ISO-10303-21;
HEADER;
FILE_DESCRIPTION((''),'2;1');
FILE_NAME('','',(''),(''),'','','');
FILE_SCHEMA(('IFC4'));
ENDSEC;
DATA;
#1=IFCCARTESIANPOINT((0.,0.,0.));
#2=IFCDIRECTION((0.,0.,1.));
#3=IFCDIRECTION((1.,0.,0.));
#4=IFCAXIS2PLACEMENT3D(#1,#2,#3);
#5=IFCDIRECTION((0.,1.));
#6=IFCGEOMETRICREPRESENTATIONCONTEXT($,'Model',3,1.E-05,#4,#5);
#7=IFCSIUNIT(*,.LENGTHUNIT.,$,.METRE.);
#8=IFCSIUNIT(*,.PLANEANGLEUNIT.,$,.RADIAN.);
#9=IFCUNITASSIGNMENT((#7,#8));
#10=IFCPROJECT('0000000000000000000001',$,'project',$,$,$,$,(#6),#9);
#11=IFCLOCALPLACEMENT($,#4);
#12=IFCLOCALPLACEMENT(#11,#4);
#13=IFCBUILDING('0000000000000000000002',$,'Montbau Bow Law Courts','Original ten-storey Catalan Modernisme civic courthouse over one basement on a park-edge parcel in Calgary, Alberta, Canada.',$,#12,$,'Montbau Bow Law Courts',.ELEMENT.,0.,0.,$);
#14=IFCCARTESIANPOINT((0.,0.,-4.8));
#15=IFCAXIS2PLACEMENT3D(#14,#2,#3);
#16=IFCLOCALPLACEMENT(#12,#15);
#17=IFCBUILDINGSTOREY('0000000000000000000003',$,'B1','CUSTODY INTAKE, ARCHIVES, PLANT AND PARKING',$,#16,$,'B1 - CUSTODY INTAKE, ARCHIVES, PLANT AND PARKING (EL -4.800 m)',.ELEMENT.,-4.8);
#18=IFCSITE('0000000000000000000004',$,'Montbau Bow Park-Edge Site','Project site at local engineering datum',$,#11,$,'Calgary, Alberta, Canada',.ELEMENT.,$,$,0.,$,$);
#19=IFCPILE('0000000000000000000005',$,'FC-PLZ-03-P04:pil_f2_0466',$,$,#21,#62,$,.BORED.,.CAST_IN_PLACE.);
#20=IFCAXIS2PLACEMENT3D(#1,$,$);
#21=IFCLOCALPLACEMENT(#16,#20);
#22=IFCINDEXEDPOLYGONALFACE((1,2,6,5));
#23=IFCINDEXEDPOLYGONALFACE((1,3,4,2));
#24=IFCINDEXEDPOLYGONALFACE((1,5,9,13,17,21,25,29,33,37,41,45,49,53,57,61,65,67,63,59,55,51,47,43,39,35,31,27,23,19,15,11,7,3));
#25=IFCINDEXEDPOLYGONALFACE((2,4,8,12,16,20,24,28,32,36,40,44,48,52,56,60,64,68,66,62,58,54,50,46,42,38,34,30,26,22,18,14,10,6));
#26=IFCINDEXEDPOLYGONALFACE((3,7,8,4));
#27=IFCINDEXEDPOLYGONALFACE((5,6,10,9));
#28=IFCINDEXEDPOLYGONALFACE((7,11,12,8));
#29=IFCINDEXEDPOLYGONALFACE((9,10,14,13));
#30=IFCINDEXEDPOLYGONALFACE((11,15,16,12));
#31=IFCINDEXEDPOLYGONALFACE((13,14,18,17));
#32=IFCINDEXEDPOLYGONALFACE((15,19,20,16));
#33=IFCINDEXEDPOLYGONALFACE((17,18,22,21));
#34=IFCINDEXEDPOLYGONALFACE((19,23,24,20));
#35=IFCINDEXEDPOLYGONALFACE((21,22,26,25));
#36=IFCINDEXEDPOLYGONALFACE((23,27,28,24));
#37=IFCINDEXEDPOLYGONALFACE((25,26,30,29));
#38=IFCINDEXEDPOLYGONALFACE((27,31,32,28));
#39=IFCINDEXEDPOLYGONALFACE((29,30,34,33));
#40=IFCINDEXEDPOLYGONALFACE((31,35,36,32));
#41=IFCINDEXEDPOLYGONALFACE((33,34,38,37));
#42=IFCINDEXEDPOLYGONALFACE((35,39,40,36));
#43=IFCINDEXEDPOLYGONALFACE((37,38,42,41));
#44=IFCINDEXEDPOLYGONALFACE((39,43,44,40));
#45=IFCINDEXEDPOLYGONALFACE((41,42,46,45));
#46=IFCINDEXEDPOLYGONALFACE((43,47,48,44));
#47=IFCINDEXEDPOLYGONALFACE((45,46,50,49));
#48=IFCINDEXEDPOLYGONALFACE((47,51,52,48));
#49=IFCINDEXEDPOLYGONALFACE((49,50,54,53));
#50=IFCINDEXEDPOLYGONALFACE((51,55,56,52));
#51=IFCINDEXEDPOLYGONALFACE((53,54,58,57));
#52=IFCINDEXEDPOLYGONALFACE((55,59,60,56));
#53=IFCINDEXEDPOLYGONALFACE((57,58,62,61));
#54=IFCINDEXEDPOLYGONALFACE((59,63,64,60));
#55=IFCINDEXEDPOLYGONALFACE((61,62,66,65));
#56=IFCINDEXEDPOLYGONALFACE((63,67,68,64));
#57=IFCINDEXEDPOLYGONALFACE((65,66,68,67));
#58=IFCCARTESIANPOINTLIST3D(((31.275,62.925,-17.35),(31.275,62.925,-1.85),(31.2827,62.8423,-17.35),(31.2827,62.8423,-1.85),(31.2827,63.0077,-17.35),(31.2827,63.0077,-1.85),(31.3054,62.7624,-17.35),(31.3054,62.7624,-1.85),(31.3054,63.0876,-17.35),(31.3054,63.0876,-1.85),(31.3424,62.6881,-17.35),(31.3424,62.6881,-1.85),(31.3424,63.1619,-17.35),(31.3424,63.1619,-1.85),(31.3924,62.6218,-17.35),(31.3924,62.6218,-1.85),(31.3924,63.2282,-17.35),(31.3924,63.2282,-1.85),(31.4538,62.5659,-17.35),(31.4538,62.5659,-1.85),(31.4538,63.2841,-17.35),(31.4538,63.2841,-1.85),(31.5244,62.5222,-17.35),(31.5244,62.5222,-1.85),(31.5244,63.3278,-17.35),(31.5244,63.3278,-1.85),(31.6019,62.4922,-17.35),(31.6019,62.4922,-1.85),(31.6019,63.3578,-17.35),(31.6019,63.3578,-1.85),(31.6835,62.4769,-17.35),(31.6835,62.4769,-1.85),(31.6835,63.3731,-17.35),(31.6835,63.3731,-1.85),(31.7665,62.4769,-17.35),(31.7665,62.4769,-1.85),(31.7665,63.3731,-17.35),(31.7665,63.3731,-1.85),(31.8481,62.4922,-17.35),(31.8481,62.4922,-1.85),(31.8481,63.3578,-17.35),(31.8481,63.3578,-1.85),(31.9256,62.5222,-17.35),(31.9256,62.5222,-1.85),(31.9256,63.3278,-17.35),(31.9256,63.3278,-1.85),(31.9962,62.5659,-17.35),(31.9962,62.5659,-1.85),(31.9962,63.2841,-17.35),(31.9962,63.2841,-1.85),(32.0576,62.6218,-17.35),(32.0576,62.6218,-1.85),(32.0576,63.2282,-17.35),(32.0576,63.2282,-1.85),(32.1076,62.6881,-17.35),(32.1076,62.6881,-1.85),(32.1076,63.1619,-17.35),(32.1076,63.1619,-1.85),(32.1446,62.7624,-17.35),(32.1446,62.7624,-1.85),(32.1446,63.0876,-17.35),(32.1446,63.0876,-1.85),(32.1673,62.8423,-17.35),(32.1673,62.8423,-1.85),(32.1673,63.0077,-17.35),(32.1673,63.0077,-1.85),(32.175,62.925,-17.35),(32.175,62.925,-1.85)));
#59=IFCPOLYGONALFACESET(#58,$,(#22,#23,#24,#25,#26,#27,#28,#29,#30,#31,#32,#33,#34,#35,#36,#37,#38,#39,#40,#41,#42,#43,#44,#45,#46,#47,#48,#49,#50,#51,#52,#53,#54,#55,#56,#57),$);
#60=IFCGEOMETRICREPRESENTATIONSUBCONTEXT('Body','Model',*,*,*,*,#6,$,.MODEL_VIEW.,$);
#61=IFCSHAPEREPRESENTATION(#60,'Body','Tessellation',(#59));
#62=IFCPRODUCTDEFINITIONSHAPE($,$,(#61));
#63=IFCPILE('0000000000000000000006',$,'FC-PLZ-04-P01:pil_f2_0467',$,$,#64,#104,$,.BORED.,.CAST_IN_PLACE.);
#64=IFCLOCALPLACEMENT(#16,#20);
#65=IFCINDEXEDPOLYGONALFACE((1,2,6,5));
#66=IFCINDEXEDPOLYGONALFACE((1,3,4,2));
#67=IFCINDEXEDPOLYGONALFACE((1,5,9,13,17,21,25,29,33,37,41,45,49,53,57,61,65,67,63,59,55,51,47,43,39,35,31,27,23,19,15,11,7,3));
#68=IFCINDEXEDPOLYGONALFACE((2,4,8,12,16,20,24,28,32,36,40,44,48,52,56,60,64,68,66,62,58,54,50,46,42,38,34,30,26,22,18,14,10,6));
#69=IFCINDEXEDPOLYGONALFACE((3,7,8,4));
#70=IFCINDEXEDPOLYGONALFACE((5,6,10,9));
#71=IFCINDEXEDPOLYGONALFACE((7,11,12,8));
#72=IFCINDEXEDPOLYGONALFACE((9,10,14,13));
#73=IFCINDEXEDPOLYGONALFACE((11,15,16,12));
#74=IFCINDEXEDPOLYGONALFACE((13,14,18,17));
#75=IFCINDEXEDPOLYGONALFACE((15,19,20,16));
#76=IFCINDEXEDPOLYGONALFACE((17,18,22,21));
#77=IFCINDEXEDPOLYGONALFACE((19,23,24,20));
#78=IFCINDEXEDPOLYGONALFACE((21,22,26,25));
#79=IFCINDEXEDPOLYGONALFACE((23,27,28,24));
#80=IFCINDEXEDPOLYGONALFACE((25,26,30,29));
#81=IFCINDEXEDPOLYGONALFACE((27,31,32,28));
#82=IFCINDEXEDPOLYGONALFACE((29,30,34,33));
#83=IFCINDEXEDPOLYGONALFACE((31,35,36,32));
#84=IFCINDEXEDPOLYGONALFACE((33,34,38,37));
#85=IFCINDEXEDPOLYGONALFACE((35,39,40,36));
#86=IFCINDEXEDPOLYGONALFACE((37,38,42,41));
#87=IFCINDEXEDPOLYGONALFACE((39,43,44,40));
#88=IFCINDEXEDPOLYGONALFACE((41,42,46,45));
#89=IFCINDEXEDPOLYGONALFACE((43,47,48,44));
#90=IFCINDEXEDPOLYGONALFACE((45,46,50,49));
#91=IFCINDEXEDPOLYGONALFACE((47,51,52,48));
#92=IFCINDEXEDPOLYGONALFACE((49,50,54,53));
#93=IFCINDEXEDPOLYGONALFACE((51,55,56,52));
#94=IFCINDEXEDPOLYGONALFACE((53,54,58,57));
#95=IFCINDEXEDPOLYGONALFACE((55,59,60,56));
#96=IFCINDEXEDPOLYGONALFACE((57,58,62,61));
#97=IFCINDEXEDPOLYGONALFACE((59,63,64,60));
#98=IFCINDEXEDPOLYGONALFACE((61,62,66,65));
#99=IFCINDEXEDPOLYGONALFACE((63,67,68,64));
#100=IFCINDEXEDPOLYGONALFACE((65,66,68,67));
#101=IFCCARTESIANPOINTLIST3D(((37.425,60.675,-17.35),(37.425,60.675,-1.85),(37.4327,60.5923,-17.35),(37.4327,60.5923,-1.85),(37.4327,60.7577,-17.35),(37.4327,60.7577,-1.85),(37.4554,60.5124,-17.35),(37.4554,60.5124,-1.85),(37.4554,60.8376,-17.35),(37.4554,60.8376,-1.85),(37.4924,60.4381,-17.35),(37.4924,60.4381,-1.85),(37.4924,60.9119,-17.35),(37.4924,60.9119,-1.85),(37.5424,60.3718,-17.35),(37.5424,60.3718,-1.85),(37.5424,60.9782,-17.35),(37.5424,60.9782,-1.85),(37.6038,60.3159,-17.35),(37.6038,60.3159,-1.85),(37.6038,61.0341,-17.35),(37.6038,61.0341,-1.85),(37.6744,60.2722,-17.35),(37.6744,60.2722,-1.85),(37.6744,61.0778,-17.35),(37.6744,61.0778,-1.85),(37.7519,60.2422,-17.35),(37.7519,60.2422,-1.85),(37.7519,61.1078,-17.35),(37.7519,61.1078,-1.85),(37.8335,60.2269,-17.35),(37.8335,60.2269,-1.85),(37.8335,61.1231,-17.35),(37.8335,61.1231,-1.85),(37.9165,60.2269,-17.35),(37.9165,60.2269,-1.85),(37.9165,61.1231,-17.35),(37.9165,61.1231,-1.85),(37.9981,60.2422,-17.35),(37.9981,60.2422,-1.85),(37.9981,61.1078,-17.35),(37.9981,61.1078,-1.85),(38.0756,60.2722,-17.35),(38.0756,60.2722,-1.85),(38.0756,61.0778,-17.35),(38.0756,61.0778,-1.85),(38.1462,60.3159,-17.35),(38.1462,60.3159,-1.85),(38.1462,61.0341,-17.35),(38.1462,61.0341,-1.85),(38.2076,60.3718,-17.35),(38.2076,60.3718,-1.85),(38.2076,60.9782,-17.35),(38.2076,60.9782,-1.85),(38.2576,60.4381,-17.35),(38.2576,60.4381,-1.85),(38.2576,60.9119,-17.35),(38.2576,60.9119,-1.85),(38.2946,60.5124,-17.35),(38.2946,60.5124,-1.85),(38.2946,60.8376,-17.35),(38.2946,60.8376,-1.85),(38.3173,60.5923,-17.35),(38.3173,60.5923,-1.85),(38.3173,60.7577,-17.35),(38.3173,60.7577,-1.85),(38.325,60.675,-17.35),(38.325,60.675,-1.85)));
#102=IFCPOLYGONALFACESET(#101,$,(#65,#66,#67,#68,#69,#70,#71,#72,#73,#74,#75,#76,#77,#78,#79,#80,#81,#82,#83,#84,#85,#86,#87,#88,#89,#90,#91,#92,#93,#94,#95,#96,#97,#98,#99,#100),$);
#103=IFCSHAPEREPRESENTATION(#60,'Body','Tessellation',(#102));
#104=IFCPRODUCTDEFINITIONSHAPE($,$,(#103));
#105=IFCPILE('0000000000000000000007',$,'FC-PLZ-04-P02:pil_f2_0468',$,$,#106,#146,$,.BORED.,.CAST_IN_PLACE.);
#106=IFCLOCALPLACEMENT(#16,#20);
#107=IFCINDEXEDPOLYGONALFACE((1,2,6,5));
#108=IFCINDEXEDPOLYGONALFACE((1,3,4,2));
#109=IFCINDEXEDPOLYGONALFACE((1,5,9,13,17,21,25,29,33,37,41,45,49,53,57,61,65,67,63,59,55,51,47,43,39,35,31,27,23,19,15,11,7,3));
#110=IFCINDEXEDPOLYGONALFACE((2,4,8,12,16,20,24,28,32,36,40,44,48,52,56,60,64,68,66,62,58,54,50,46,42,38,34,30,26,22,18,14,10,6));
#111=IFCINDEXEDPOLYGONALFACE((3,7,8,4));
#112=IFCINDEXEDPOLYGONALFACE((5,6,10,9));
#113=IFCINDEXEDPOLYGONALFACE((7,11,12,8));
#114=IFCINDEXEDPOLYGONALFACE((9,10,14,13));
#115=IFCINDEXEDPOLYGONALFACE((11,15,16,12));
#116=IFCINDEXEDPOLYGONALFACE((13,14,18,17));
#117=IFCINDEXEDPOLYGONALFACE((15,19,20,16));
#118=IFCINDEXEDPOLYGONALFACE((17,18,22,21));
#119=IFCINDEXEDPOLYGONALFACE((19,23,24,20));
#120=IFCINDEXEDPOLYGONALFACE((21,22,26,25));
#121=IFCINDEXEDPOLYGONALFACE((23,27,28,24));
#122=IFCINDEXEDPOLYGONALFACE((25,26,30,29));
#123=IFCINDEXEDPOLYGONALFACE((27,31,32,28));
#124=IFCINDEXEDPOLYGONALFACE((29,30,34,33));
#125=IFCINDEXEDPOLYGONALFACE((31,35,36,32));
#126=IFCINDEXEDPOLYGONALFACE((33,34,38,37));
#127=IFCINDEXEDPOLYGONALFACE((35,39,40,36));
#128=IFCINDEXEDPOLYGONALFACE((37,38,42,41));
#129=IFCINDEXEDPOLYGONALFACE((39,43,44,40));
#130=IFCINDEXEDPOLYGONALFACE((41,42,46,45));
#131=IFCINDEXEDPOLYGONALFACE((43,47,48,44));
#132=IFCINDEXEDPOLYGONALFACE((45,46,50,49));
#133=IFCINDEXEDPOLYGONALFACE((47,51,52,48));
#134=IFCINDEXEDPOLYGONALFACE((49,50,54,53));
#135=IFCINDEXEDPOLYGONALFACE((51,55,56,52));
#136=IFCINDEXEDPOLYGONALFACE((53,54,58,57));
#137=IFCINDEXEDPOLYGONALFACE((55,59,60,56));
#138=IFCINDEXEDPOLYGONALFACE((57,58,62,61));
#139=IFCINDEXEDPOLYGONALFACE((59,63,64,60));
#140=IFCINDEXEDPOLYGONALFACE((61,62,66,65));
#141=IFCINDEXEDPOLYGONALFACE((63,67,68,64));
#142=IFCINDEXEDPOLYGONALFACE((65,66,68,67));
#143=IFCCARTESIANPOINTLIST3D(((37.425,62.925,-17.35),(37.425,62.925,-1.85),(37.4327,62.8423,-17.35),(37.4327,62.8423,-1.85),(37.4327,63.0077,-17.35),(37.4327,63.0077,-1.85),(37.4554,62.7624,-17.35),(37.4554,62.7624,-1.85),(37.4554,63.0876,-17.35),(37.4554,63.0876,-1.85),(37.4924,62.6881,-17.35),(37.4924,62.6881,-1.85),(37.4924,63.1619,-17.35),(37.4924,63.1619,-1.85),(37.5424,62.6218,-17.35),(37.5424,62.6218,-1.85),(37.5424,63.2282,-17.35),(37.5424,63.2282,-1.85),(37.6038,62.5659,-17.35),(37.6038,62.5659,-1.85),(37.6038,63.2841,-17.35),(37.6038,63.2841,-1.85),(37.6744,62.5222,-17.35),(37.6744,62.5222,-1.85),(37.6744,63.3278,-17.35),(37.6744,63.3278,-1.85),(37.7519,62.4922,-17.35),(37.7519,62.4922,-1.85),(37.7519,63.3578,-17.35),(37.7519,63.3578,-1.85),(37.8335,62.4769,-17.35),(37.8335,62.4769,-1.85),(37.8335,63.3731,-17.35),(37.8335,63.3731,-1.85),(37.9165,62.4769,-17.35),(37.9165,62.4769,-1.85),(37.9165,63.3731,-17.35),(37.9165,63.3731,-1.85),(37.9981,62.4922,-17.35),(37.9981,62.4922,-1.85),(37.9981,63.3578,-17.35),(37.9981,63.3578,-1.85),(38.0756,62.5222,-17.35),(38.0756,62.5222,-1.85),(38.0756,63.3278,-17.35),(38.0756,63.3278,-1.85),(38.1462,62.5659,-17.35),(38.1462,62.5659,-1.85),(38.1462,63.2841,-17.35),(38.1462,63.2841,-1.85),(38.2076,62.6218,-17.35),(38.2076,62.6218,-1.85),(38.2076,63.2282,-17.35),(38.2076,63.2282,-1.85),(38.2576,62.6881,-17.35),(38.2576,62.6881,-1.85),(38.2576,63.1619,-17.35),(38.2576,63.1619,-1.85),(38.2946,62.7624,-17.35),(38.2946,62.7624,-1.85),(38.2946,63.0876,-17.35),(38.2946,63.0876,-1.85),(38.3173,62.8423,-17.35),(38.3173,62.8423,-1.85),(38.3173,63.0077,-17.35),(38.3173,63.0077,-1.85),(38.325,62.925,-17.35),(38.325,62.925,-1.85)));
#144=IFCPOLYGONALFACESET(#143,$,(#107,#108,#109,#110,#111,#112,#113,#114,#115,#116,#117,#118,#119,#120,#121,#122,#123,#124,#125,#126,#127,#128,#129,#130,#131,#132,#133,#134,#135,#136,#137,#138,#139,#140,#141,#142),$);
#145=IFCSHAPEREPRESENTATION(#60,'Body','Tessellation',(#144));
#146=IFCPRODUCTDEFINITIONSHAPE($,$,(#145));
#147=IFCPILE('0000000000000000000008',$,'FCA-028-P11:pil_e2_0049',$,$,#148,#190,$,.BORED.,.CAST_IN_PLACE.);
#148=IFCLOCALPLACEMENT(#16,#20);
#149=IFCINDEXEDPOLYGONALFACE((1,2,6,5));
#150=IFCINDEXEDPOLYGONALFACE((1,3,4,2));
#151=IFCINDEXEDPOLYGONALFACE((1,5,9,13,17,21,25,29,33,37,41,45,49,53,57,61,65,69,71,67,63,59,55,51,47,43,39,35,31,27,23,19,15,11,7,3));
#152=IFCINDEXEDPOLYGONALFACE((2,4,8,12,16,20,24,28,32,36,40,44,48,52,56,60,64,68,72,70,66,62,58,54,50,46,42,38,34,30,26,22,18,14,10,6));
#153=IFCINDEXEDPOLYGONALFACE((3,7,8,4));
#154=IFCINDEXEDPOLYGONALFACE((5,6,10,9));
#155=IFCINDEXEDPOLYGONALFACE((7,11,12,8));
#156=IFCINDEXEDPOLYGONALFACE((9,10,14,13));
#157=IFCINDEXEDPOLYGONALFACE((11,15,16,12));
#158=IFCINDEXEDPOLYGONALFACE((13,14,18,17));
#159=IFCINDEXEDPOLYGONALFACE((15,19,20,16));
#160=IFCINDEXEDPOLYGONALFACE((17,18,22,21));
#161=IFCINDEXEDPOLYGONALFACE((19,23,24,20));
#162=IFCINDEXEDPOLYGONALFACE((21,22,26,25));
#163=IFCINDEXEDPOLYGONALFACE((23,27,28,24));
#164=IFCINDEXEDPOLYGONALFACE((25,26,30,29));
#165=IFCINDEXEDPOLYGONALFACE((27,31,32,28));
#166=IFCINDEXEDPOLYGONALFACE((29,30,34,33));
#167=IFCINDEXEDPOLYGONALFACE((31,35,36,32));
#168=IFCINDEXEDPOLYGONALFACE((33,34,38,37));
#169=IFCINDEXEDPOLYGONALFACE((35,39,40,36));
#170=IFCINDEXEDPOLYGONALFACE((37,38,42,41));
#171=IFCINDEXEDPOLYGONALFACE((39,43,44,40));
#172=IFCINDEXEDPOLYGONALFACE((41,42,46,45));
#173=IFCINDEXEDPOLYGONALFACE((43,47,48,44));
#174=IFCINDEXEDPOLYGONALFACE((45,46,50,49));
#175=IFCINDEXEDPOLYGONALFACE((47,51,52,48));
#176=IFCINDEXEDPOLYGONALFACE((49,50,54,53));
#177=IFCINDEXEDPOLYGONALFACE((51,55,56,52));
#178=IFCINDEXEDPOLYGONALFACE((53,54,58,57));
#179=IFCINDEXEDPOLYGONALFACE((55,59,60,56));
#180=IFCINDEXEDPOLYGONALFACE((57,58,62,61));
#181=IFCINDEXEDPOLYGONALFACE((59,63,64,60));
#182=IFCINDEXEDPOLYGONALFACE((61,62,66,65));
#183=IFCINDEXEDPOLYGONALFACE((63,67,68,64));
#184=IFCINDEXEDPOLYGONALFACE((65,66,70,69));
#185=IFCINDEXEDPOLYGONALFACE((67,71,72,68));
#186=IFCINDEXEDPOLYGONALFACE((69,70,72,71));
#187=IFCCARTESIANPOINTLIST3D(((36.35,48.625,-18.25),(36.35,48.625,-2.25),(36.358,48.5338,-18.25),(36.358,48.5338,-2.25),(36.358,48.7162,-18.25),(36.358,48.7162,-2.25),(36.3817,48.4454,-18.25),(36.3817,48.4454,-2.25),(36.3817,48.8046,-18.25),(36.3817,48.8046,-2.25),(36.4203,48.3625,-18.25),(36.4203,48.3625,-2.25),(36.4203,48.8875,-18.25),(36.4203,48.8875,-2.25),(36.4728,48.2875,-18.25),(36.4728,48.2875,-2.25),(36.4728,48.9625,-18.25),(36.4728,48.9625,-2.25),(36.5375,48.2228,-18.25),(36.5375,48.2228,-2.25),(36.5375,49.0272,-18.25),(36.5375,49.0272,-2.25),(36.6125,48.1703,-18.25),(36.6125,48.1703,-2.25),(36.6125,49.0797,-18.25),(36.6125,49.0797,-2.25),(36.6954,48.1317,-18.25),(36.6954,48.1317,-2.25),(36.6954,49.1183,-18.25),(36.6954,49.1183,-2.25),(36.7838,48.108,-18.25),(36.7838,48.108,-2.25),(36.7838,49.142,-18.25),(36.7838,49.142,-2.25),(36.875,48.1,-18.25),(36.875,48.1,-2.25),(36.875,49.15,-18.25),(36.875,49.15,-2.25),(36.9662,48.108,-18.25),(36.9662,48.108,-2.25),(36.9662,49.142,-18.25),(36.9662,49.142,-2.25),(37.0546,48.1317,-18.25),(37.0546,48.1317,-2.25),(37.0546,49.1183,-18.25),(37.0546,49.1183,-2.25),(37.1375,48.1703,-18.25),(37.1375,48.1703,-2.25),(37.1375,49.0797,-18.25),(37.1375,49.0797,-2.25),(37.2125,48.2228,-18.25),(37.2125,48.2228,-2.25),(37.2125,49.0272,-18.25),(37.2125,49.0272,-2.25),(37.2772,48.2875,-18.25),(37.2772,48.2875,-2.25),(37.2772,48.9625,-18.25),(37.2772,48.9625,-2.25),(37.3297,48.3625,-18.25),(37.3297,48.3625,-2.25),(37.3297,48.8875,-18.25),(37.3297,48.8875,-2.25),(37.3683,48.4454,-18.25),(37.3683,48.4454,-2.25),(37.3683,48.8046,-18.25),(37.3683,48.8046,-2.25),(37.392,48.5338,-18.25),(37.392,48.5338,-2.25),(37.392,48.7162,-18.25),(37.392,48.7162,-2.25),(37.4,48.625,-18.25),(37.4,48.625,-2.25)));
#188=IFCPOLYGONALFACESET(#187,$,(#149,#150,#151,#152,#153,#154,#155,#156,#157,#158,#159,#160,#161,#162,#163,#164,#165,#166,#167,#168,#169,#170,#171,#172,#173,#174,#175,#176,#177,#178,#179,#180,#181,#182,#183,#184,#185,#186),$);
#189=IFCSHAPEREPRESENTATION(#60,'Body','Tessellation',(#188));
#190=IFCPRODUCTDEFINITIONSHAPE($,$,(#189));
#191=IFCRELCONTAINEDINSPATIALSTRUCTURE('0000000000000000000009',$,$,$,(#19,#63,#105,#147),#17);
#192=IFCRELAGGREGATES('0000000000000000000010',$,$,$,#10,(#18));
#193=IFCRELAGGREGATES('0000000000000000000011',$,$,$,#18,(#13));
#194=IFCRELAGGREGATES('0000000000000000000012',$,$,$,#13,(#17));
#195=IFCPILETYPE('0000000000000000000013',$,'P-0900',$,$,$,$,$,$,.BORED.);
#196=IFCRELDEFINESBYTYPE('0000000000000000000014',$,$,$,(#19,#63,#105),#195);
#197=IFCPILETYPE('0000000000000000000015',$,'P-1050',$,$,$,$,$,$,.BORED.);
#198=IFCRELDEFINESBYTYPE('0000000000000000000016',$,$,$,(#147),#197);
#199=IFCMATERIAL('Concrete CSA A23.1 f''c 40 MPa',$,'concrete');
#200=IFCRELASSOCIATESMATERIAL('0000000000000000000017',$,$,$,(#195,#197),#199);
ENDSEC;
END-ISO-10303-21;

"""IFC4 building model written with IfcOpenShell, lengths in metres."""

from ifc_helpers import new_model, si_unit, direction, frame, origin_with_axes, origin_2d_with_axis, place, context, subcontext, project, spatial, circle, extrude, material, material_profile, profile_set, type_object, element, save


model = new_model("IFC4")

# Units and contexts
model_context = context("Model", 3, precision=1e-05, world=origin_with_axes(), true_north=direction((0.0, 1.0)))
body_context = subcontext(model_context, "Body", "Model", "MODEL_VIEW")
ifc_project = project(units=[si_unit("LENGTHUNIT", "METRE"), si_unit("PLANEANGLEUNIT", "RADIAN")], contexts=[model_context])

# Site, building, storey
site_placement = place(None, origin_with_axes())
site = spatial("IfcSite", under=ifc_project, at=site_placement, Name="Montbau Bow Park-Edge Site", Description="Project site at local engineering datum", LongName="Calgary, Alberta, Canada", CompositionType="ELEMENT", RefElevation=0.0)
building_placement = place(site_placement, origin_with_axes())
building = spatial("IfcBuilding", under=site, at=building_placement, Name="Montbau Bow Law Courts", Description="Original ten-storey Catalan Modernisme civic courthouse over one basement on a park-edge parcel in Calgary, Alberta, Canada.", LongName="Montbau Bow Law Courts", CompositionType="ELEMENT", ElevationOfRefHeight=0.0, ElevationOfTerrain=0.0)
storey_placement = place(building_placement, frame((0.0, 0.0, -4.8), z_axis=(0.0, 0.0, 1.0), x_axis=(1.0, 0.0, 0.0)))
storey = spatial("IfcBuildingStorey", under=building, at=storey_placement, Name="B1", Description="CUSTODY INTAKE, ARCHIVES, PLANT AND PARKING", LongName="B1 - CUSTODY INTAKE, ARCHIVES, PLANT AND PARKING (EL -4.800 m)", CompositionType="ELEMENT", Elevation=-4.8)

# Piles
ifc_material_1 = material(Name="Concrete CSA A23.1 f'c 40 MPa", Category="concrete")
ifc_material_profile_1 = material_profile(ifc_material_1, circle(Radius=0.45, at=origin_2d_with_axis()), Name="BP900", Category="Main", Priority=0)
ifc_profile_set_1 = profile_set([ifc_material_profile_1], Name="Concrete CSA A23.1 f'c 40 MPa")
pile_type_1 = type_object("IfcPileType", Name="P-0900", PredefinedType="BORED", material=ifc_profile_set_1)
for number, where, z_axis, x_axis, name in (
    (1, (31.725, 62.925, -22.15), (0.0, 0.0, 1.0), (1.0, 0.0, 0.0), "FC-PLZ-03-P04:pil_f2_0466"),
    (2, (37.875, 60.675, -22.15), (0.0, 0.0, 1.0), (1.0, 0.0, 0.0), "FC-PLZ-04-P01:pil_f2_0467"),
    (3, (37.875, 62.925, -22.15), (0.0, 0.0, 1.0), (1.0, 0.0, 0.0), "FC-PLZ-04-P02:pil_f2_0468"),
):
    element("IfcPile", number, at=place(None, frame(where, z_axis=z_axis, x_axis=x_axis)), inside=storey, type_object=pile_type_1, Name=name, ConstructionType="CAST_IN_PLACE", PredefinedType="BORED", context=body_context, shape_type="SweptSolid", body=[
        extrude(circle(Radius=0.45, at=origin_2d_with_axis()), origin_with_axes(), (0.0, 0.0, 1.0), 15.5),
    ])
ifc_material_profile_2 = material_profile(ifc_material_1, circle(Radius=0.525, at=origin_2d_with_axis()), Name="BP1050", Category="Main", Priority=0)
ifc_profile_set_2 = profile_set([ifc_material_profile_2], Name="Concrete CSA A23.1 f'c 40 MPa")
pile_type_2 = type_object("IfcPileType", Name="P-1050", PredefinedType="BORED", material=ifc_profile_set_2)
for number, where, z_axis, x_axis, name in (
    (4, (36.875, 48.625, -23.05), (0.0, 0.0, 1.0), (1.0, 0.0, 0.0), "FCA-028-P11:pil_e2_0049"),
):
    element("IfcPile", number, at=place(None, frame(where, z_axis=z_axis, x_axis=x_axis)), inside=storey, type_object=pile_type_2, Name=name, ConstructionType="CAST_IN_PLACE", PredefinedType="BORED", context=body_context, shape_type="SweptSolid", body=[
        extrude(circle(Radius=0.525, at=origin_2d_with_axis()), origin_with_axes(), (0.0, 0.0, 1.0), 16.0),
    ])

save(model, "model.ifc")
